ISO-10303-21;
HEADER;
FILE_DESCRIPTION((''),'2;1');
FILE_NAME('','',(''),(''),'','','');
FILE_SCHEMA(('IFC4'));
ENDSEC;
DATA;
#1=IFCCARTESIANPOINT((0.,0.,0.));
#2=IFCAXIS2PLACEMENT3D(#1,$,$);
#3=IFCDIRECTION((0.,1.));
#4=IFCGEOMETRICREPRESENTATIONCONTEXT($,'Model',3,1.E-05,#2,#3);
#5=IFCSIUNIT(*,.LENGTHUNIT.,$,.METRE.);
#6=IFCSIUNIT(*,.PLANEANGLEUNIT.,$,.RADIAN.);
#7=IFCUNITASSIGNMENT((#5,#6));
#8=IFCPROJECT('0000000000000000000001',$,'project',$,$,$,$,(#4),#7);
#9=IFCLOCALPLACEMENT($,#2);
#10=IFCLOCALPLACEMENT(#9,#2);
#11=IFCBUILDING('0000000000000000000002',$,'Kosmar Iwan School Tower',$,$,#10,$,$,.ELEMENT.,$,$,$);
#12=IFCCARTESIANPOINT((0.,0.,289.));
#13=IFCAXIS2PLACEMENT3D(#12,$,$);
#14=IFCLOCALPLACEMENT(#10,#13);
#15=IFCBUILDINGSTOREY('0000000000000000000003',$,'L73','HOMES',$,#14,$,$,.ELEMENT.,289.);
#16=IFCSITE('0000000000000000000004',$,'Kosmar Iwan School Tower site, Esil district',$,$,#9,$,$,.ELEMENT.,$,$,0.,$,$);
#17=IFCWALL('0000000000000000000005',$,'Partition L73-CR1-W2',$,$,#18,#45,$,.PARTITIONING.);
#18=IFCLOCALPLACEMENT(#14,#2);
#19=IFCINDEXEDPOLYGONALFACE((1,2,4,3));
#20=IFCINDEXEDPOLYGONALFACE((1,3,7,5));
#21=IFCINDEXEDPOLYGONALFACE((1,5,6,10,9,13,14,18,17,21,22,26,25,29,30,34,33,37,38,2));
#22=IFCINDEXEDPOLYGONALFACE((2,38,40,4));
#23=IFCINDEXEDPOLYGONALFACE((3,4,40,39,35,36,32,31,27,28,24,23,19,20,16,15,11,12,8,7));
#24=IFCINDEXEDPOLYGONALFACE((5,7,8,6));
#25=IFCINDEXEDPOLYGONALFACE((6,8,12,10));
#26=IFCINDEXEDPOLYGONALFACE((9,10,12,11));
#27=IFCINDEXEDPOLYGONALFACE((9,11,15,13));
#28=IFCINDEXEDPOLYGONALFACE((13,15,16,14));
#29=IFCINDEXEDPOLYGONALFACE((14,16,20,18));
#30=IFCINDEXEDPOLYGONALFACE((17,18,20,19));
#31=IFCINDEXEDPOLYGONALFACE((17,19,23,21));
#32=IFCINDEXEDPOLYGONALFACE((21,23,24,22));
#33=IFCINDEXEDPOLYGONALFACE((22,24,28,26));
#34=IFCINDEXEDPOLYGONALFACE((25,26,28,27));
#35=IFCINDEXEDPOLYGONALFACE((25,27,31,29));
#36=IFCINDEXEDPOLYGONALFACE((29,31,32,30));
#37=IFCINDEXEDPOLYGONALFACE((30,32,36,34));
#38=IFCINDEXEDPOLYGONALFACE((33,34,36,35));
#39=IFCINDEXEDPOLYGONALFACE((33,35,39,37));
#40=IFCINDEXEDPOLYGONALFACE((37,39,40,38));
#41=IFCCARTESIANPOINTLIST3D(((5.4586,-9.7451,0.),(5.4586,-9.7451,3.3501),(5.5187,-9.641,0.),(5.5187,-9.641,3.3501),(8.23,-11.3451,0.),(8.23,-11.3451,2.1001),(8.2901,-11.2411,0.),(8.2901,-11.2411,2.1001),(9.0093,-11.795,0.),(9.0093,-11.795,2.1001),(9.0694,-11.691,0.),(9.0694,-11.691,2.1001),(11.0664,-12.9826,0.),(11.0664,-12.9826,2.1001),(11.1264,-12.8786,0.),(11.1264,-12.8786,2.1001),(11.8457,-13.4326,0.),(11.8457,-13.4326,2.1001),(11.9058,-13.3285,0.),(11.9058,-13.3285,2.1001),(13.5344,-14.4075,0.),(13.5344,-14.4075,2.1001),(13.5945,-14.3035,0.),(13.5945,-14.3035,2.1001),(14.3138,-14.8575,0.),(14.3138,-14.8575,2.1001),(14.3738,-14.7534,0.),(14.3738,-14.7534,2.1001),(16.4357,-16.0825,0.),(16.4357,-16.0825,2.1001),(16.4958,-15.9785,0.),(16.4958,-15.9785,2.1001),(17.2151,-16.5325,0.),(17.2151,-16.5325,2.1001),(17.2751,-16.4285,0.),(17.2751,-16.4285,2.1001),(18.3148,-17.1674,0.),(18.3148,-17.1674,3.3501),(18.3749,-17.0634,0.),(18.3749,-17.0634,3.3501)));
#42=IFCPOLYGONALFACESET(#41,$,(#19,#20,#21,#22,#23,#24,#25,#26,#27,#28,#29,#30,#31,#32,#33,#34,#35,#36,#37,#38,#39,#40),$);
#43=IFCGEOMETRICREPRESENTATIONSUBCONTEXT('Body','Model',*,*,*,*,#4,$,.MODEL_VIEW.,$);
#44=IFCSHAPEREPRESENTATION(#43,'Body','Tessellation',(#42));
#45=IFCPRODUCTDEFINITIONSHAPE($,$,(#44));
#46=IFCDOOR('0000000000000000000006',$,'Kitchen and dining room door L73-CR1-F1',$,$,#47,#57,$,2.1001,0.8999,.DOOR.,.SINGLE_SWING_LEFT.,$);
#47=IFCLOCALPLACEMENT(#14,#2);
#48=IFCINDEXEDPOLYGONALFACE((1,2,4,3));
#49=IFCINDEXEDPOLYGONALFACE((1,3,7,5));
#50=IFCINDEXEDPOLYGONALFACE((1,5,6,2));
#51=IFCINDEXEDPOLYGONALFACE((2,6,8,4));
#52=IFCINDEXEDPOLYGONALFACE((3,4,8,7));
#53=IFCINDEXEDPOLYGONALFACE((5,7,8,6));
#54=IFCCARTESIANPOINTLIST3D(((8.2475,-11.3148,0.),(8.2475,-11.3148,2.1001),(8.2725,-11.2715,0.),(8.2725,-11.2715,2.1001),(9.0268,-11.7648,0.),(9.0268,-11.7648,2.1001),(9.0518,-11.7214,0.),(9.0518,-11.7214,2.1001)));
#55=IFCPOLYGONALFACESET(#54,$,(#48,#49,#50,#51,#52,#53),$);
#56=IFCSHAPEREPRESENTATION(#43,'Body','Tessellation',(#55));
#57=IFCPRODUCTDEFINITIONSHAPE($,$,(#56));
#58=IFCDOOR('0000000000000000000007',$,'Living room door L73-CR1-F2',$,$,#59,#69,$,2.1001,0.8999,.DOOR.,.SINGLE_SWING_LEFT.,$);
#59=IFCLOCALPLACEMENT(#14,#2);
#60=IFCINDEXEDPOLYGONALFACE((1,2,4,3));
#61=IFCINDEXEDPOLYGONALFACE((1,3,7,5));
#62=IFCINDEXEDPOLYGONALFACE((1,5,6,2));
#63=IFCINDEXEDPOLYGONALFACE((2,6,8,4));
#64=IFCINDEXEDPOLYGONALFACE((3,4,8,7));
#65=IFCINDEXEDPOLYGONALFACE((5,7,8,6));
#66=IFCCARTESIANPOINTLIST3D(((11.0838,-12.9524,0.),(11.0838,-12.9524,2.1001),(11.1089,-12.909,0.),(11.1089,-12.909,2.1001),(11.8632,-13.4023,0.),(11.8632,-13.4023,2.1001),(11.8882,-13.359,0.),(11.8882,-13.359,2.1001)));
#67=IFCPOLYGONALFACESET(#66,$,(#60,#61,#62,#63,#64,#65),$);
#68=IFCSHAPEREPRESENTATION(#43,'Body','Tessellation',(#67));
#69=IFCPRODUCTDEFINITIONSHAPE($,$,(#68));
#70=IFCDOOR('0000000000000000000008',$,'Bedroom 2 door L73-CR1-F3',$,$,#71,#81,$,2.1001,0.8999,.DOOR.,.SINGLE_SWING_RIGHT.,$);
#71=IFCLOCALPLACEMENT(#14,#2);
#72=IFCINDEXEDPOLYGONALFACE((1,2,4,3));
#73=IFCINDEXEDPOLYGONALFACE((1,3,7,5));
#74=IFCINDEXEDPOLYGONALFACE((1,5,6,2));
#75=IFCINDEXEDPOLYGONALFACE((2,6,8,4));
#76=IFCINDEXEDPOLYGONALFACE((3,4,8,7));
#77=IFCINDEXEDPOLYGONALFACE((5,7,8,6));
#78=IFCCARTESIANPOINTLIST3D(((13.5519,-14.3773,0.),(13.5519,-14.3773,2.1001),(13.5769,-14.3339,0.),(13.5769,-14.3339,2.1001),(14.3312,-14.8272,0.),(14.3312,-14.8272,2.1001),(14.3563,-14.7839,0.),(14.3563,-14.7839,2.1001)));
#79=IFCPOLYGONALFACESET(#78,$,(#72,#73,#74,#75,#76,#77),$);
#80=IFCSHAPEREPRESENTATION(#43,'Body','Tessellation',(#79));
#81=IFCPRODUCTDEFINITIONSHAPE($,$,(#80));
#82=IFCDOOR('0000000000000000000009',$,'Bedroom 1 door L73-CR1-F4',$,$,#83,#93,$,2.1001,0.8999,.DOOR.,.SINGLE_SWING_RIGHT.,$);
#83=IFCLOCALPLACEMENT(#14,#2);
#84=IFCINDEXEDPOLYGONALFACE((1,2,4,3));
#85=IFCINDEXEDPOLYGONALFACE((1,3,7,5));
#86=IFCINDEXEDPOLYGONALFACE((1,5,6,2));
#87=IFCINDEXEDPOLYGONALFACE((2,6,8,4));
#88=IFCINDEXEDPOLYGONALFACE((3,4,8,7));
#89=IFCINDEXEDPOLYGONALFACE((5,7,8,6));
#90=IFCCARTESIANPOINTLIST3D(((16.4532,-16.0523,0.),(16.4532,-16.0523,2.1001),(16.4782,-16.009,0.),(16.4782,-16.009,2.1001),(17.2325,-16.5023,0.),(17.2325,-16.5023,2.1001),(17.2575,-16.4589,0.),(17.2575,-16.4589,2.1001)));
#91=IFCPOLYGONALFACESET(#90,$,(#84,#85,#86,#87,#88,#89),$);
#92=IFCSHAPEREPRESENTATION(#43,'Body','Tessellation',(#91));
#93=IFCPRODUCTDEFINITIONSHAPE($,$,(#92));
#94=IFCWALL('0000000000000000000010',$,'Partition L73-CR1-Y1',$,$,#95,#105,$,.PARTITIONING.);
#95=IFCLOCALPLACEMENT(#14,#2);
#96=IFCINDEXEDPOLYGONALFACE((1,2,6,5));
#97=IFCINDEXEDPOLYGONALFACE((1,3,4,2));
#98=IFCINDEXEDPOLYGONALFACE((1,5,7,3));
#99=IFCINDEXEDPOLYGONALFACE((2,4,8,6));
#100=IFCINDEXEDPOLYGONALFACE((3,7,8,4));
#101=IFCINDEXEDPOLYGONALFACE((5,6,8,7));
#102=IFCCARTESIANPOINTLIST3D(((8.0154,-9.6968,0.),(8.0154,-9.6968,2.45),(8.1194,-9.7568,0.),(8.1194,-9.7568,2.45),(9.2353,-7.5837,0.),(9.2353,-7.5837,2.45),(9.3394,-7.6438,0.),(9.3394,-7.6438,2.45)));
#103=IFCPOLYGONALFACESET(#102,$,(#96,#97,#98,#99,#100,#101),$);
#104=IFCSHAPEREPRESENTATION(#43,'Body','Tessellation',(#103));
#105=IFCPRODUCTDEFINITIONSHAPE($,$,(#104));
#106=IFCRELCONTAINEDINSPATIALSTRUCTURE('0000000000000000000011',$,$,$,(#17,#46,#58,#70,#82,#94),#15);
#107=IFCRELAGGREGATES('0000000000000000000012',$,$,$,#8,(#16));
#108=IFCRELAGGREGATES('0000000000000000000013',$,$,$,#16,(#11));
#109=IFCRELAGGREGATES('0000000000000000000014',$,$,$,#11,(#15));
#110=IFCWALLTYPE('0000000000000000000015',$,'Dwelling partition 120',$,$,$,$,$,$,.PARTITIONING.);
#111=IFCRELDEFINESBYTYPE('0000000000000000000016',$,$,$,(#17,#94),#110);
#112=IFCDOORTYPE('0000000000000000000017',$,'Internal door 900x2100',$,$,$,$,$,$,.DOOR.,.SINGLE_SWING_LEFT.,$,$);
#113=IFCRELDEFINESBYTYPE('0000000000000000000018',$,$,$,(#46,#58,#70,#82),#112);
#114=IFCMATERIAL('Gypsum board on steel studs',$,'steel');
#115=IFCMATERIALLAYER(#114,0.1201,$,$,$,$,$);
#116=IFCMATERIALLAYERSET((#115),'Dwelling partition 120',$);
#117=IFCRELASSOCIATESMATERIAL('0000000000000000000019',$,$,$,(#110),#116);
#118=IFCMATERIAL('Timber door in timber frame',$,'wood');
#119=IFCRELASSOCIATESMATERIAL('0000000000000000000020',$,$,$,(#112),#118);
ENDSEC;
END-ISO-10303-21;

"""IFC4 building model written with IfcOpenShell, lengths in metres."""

from ifc_helpers import new_model, si_unit, direction, frame, frame_2d, origin, place, context, subcontext, project, spatial, rectangle, extrude, material, layer, layer_set, type_object, element, fill, save


model = new_model("IFC4")

# Units and contexts
model_context = context("Model", 3, precision=1e-05, world=origin(), true_north=direction((0.0, 1.0)))
body_context = subcontext(model_context, "Body", "Model", "MODEL_VIEW")
ifc_project = project(units=[si_unit("LENGTHUNIT", "METRE"), si_unit("PLANEANGLEUNIT", "RADIAN")], contexts=[model_context])

# Site, building, storey
site_placement = place(None, origin())
site = spatial("IfcSite", under=ifc_project, at=site_placement, Name="Kosmar Iwan School Tower site, Esil district", CompositionType="ELEMENT", RefElevation=0.0)
building_placement = place(site_placement, origin())
building = spatial("IfcBuilding", under=site, at=building_placement, Name="Kosmar Iwan School Tower", CompositionType="ELEMENT")
storey_placement = place(building_placement, frame((0.0, 0.0, 289.0)))
storey = spatial("IfcBuildingStorey", under=building, at=storey_placement, Name="L73", Description="HOMES", CompositionType="ELEMENT", Elevation=289.0)

# Wall, openings, doors
ifc_material_1 = material(Name="Gypsum board on steel studs", Category="steel")
ifc_layer_1 = layer(ifc_material_1, 0.1201)
ifc_layer_set_1 = layer_set([ifc_layer_1], Name="Dwelling partition 120")
wall_type_1 = type_object("IfcWallType", Name="Dwelling partition 120", PredefinedType="PARTITIONING", material=ifc_layer_set_1)
ifc_material_2 = material(Name="Timber door in timber frame", Category="wood")
door_type_1 = type_object("IfcDoorType", Name="Internal door 900x2100", OperationType="SINGLE_SWING_LEFT", PredefinedType="DOOR", material=ifc_material_2)
wall_1_placement = place(storey_placement, frame((5.4888, -9.6931, 0.0), z_axis=(0.0, 0.0, 1.0), x_axis=(0.86603, -0.499992, 0.0)))
wall_1 = element("IfcWall", 1, at=wall_1_placement, inside=storey, type_object=wall_type_1, Name="Partition L73-CR1-W2", PredefinedType="PARTITIONING", context=body_context, shape_type="SweptSolid", body=[
    extrude(rectangle(XDim=14.845, YDim=0.1201, at=frame_2d((7.4224, 0.0))), origin(), (0.0, 0.0, 1.0), 3.3501),
])
opening_1_placement = place(wall_1_placement, frame((3.2, 0.0, 0.0)))
opening_1 = element("IfcOpeningElement", 2, at=opening_1_placement, cuts=wall_1, PredefinedType="OPENING", context=body_context, shape_type="SweptSolid", body=[
    extrude(rectangle(XDim=0.8999, YDim=2.1001, at=frame_2d((0.45, 1.05))), frame((0.0, 0.072, 0.0), z_axis=(0.0, -1.0, 0.0), x_axis=(1.0, 0.0, 0.0)), (0.0, 0.0, 1.0), 0.144),
])
opening_2_placement = place(wall_1_placement, frame((6.4751, 0.0, 0.0)))
opening_2 = element("IfcOpeningElement", 3, at=opening_2_placement, cuts=wall_1, PredefinedType="OPENING", context=body_context, shape_type="SweptSolid", body=[
    extrude(rectangle(XDim=0.8999, YDim=2.1001, at=frame_2d((0.45, 1.05))), frame((0.0, 0.072, 0.0), z_axis=(0.0, -1.0, 0.0), x_axis=(1.0, 0.0, 0.0)), (0.0, 0.0, 1.0), 0.144),
])
opening_3_placement = place(wall_1_placement, frame((9.325, 0.0, 0.0)))
opening_3 = element("IfcOpeningElement", 4, at=opening_3_placement, cuts=wall_1, PredefinedType="OPENING", context=body_context, shape_type="SweptSolid", body=[
    extrude(rectangle(XDim=0.8999, YDim=2.1001, at=frame_2d((0.45, 1.05))), frame((0.0, 0.072, 0.0), z_axis=(0.0, -1.0, 0.0), x_axis=(1.0, 0.0, 0.0)), (0.0, 0.0, 1.0), 0.144),
])
opening_4_placement = place(wall_1_placement, frame((12.675, 0.0, 0.0)))
opening_4 = element("IfcOpeningElement", 5, at=opening_4_placement, cuts=wall_1, PredefinedType="OPENING", context=body_context, shape_type="SweptSolid", body=[
    extrude(rectangle(XDim=0.8999, YDim=2.1001, at=frame_2d((0.45, 1.05))), frame((0.0, 0.072, 0.0), z_axis=(0.0, -1.0, 0.0), x_axis=(1.0, 0.0, 0.0)), (0.0, 0.0, 1.0), 0.144),
])
door_1_placement = place(opening_1_placement, origin())
door_1 = element("IfcDoor", 6, at=door_1_placement, inside=storey, type_object=door_type_1, Name="Kitchen and dining room door L73-CR1-F1", OperationType="SINGLE_SWING_LEFT", OverallHeight=2.1001, OverallWidth=0.8999, PredefinedType="DOOR", context=body_context, shape_type="SweptSolid", body=[
    extrude(rectangle(XDim=0.8999, YDim=2.1001, at=frame_2d((0.45, 1.05))), frame((0.0, 0.0249, 0.0), z_axis=(0.0, -1.0, 0.0), x_axis=(1.0, 0.0, 0.0)), (0.0, 0.0, 1.0), 0.05),
])
fill(opening_1, door_1)
door_2_placement = place(opening_2_placement, origin())
door_2 = element("IfcDoor", 7, at=door_2_placement, inside=storey, type_object=door_type_1, Name="Living room door L73-CR1-F2", OperationType="SINGLE_SWING_LEFT", OverallHeight=2.1001, OverallWidth=0.8999, PredefinedType="DOOR", context=body_context, shape_type="SweptSolid", body=[
    extrude(rectangle(XDim=0.8999, YDim=2.1001, at=frame_2d((0.45, 1.05))), frame((0.0, 0.0249, 0.0), z_axis=(0.0, -1.0, 0.0), x_axis=(1.0, 0.0, 0.0)), (0.0, 0.0, 1.0), 0.05),
])
fill(opening_2, door_2)
door_3_placement = place(opening_3_placement, origin())
door_3 = element("IfcDoor", 8, at=door_3_placement, inside=storey, type_object=door_type_1, Name="Bedroom 2 door L73-CR1-F3", OperationType="SINGLE_SWING_RIGHT", OverallHeight=2.1001, OverallWidth=0.8999, PredefinedType="DOOR", context=body_context, shape_type="SweptSolid", body=[
    extrude(rectangle(XDim=0.8999, YDim=2.1001, at=frame_2d((0.45, 1.05))), frame((0.0, 0.0249, 0.0), z_axis=(0.0, -1.0, 0.0), x_axis=(1.0, 0.0, 0.0)), (0.0, 0.0, 1.0), 0.05),
])
fill(opening_3, door_3)
door_4_placement = place(opening_4_placement, origin())
door_4 = element("IfcDoor", 9, at=door_4_placement, inside=storey, type_object=door_type_1, Name="Bedroom 1 door L73-CR1-F4", OperationType="SINGLE_SWING_RIGHT", OverallHeight=2.1001, OverallWidth=0.8999, PredefinedType="DOOR", context=body_context, shape_type="SweptSolid", body=[
    extrude(rectangle(XDim=0.8999, YDim=2.1001, at=frame_2d((0.45, 1.05))), frame((0.0, 0.0249, 0.0), z_axis=(0.0, -1.0, 0.0), x_axis=(1.0, 0.0, 0.0)), (0.0, 0.0, 1.0), 0.05),
])
fill(opening_4, door_4)

# Wall
wall_2_placement = place(storey_placement, frame((9.2874, -7.6138, 0.0), z_axis=(0.0, 0.0, 1.0), x_axis=(-0.500003, -0.866024, 0.0)))
element("IfcWall", 10, at=wall_2_placement, inside=storey, type_object=wall_type_1, Name="Partition L73-CR1-Y1", PredefinedType="PARTITIONING", context=body_context, shape_type="SweptSolid", body=[
    extrude(rectangle(XDim=2.4399, YDim=0.1201, at=frame_2d((1.22, 0.0))), origin(), (0.0, 0.0, 1.0), 2.45),
])

save(model, "model.ifc")
